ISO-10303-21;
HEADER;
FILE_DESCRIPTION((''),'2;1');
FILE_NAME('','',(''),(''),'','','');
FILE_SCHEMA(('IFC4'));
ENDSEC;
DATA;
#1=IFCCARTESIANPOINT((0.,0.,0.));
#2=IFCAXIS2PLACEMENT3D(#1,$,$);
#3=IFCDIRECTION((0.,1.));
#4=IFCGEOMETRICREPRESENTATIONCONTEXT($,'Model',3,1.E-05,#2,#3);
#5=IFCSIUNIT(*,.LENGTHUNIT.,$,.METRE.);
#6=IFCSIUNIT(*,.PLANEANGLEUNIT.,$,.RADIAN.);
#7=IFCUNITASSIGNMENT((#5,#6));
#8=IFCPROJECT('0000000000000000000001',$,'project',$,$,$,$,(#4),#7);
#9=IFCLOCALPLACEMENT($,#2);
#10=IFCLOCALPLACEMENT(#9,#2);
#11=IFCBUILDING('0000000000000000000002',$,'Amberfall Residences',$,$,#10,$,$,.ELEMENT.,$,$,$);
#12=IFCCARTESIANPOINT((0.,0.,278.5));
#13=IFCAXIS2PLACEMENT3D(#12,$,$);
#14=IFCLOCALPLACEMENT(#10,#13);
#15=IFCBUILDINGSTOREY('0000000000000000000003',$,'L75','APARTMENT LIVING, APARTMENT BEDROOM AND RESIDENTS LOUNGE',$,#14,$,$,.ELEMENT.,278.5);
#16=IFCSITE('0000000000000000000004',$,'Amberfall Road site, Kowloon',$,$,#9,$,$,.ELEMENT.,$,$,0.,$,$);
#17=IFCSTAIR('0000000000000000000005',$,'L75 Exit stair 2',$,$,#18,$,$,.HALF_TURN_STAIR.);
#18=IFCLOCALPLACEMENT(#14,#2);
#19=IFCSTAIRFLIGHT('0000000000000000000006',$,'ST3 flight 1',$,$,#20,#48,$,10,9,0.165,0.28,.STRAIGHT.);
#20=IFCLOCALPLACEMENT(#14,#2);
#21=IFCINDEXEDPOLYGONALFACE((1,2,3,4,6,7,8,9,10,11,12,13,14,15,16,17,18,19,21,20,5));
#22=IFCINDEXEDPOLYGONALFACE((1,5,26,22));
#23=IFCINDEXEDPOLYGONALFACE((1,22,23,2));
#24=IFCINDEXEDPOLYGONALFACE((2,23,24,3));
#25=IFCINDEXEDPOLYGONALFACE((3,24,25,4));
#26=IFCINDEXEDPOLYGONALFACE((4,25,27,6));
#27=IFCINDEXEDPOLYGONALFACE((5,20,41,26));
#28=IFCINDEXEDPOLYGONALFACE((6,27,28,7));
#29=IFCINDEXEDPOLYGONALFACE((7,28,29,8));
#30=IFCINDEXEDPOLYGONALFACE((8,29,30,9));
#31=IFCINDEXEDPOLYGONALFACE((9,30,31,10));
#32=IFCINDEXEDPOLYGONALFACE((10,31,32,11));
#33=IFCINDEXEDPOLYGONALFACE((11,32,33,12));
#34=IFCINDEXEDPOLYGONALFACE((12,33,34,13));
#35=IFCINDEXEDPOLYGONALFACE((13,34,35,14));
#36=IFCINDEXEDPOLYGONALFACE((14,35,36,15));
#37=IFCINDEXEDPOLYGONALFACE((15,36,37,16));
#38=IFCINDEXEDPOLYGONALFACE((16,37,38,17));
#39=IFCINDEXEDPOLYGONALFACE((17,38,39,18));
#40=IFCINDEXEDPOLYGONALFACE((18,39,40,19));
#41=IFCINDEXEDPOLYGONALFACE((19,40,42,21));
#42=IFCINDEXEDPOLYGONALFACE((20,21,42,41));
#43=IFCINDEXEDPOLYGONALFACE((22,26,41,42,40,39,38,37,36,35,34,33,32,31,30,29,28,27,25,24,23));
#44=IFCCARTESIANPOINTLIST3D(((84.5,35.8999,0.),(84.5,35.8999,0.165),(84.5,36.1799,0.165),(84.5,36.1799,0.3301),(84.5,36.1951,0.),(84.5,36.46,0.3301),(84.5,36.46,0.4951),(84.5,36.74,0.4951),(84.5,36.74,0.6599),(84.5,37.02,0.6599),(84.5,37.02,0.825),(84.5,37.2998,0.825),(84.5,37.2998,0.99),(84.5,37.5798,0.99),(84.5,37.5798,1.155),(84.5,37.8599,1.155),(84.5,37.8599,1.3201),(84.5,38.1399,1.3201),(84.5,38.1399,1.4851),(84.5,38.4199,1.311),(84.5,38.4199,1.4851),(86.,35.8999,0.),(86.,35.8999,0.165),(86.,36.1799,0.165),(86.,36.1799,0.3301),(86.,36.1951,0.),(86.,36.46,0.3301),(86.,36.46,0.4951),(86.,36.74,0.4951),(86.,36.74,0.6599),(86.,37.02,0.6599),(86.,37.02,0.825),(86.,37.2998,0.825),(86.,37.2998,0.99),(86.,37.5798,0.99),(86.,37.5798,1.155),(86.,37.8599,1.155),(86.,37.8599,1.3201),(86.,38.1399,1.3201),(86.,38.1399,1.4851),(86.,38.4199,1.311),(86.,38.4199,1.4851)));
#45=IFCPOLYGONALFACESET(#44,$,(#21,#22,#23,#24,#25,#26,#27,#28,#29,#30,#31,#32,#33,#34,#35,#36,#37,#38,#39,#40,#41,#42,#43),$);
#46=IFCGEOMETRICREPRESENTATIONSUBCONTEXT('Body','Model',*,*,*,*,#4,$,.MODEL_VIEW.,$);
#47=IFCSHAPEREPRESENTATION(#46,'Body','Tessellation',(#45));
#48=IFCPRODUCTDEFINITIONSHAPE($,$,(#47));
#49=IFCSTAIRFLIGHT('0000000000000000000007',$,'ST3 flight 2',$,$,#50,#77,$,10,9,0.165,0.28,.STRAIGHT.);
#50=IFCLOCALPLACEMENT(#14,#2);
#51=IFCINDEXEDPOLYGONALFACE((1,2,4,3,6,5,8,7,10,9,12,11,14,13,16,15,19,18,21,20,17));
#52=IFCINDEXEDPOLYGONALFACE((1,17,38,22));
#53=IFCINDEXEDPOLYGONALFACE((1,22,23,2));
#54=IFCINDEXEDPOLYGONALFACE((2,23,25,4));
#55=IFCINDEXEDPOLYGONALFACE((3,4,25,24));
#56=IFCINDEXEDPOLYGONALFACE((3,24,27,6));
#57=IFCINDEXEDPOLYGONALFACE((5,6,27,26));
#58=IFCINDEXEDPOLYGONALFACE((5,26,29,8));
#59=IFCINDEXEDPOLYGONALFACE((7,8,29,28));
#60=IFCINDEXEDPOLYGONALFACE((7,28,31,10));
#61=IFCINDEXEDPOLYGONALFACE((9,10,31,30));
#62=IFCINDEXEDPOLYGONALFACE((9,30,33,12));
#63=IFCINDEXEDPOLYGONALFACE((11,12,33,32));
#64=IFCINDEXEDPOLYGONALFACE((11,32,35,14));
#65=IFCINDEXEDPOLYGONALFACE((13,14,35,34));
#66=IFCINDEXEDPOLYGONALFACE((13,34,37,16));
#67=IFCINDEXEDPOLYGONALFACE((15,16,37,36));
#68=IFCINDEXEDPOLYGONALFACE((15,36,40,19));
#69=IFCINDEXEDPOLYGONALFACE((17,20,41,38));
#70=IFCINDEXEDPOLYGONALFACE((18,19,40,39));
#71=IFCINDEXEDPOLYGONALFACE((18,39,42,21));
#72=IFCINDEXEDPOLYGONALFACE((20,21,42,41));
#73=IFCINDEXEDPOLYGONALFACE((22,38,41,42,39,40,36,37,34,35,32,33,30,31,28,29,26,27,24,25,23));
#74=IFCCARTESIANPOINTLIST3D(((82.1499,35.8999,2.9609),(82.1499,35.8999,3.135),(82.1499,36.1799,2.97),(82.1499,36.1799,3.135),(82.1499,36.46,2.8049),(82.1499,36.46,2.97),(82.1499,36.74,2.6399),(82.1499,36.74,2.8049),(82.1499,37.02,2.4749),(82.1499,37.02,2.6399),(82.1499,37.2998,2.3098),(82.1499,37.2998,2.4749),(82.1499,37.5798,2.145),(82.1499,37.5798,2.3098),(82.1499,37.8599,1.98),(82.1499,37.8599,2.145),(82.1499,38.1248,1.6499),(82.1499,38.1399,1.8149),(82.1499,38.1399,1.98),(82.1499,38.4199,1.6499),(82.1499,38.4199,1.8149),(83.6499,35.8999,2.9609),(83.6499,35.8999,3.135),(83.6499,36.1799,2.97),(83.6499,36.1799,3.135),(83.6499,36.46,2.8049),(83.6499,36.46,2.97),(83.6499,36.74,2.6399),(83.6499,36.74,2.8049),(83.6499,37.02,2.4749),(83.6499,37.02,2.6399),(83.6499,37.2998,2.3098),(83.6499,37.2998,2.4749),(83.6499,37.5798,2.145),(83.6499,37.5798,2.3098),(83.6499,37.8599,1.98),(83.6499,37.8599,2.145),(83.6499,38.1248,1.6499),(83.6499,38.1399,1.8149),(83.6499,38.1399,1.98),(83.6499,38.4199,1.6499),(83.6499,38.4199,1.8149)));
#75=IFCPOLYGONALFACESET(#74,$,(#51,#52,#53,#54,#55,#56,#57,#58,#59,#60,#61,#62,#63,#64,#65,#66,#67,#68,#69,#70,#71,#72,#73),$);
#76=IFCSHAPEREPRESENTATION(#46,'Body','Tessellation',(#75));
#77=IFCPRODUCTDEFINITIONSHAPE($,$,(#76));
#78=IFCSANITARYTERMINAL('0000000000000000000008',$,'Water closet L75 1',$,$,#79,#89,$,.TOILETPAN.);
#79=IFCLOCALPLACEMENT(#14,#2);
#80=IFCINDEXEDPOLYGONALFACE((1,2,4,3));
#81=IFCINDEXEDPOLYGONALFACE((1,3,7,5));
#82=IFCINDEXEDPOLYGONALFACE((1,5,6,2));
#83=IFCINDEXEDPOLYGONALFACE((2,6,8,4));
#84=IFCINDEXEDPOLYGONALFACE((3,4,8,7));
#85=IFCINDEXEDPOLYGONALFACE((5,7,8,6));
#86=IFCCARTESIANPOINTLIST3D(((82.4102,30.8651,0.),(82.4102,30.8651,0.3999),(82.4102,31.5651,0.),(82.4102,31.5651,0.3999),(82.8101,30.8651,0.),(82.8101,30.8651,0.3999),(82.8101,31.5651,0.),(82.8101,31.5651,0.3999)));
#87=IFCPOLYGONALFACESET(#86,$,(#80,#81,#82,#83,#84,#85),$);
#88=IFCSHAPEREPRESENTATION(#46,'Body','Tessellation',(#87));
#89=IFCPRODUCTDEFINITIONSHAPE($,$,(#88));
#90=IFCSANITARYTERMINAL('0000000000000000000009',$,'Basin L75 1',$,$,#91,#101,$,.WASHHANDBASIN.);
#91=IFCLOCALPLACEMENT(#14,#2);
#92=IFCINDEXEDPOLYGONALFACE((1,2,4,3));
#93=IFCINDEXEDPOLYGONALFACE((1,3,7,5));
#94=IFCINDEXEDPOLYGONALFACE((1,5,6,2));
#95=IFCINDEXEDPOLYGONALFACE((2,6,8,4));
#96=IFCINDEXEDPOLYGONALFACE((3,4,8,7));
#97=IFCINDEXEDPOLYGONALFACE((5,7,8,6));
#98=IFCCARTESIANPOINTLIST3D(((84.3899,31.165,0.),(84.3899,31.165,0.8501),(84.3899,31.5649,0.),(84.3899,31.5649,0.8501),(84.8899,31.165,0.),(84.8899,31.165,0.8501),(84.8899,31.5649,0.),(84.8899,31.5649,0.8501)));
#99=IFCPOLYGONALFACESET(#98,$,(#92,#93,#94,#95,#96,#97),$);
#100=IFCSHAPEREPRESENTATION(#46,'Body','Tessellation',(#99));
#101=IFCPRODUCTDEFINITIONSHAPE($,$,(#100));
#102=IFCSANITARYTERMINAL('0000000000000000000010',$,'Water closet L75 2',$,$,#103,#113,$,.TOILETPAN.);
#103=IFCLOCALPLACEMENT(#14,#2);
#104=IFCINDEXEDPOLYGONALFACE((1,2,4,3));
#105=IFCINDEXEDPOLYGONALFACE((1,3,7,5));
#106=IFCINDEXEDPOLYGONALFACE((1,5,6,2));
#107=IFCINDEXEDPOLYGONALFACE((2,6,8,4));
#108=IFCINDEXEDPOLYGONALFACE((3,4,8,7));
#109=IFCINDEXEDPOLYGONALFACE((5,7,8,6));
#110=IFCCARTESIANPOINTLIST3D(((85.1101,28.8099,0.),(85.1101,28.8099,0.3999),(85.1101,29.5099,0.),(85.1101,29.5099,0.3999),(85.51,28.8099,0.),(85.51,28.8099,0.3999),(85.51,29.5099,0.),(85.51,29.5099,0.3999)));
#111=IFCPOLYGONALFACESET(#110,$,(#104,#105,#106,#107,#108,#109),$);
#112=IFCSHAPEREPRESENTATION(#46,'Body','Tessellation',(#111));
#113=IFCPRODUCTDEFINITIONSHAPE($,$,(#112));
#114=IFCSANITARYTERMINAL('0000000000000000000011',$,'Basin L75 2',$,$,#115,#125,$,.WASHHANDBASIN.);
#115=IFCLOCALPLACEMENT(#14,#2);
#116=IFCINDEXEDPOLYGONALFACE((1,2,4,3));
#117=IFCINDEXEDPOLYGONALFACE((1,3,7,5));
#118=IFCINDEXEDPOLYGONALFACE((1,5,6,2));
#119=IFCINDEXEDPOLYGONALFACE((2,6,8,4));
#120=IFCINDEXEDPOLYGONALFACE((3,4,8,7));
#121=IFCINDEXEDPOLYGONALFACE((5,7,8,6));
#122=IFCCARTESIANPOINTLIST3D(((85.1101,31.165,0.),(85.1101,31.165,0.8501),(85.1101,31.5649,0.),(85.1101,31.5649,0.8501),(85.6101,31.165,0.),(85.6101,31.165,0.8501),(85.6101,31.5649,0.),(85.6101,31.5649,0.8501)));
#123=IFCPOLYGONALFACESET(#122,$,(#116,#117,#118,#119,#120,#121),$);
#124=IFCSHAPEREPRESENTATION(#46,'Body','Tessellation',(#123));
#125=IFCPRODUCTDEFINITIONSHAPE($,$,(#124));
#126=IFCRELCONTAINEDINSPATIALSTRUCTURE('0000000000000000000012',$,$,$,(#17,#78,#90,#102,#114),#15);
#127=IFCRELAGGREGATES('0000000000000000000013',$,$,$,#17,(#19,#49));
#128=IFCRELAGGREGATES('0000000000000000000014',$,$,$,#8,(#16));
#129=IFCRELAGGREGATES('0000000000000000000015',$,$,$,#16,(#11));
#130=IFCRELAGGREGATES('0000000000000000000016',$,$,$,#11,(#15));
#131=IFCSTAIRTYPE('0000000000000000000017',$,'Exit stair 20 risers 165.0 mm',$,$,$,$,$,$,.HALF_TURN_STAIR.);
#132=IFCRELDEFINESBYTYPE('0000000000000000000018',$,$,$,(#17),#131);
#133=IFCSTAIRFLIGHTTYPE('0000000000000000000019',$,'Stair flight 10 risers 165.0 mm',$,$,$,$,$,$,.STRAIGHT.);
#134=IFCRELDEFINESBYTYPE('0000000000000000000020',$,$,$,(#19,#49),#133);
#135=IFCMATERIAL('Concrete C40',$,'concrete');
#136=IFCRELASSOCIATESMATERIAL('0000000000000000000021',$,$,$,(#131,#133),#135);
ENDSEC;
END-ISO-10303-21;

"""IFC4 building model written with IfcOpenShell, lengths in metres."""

from ifc_helpers import new_model, si_unit, direction, frame, origin, origin_2d, place, context, subcontext, project, spatial, polyline, rectangle, outline, extrude, material, type_object, element, aggregate, save


model = new_model("IFC4")

# Units and contexts
model_context = context("Model", 3, precision=1e-05, world=origin(), true_north=direction((0.0, 1.0)))
body_context = subcontext(model_context, "Body", "Model", "MODEL_VIEW")
ifc_project = project(units=[si_unit("LENGTHUNIT", "METRE"), si_unit("PLANEANGLEUNIT", "RADIAN")], contexts=[model_context])

# Site, building, storey
site_placement = place(None, origin())
site = spatial("IfcSite", under=ifc_project, at=site_placement, Name="Amberfall Road site, Kowloon", CompositionType="ELEMENT", RefElevation=0.0)
building_placement = place(site_placement, origin())
building = spatial("IfcBuilding", under=site, at=building_placement, Name="Amberfall Residences", CompositionType="ELEMENT")
storey_placement = place(building_placement, frame((0.0, 0.0, 278.5)))
storey = spatial("IfcBuildingStorey", under=building, at=storey_placement, Name="L75", Description="APARTMENT LIVING, APARTMENT BEDROOM AND RESIDENTS LOUNGE", CompositionType="ELEMENT", Elevation=278.5)

# Stair, stair flights
ifc_material_1 = material(Name="Concrete C40", Category="concrete")
stair_type = type_object("IfcStairType", Name="Exit stair 20 risers 165.0 mm", PredefinedType="HALF_TURN_STAIR", material=ifc_material_1)
stair_placement = place(storey_placement, origin())
stair = element("IfcStair", 1, at=stair_placement, inside=storey, type_object=stair_type, Name="L75 Exit stair 2", PredefinedType="HALF_TURN_STAIR")
stair_flight_type = type_object("IfcStairFlightType", Name="Stair flight 10 risers 165.0 mm", PredefinedType="STRAIGHT", material=ifc_material_1)
stair_flight_1_placement = place(storey_placement, frame((85.25, 35.8999, 0.0), z_axis=(0.0, 0.0, 1.0), x_axis=(0.0, 1.0, 0.0)))
stair_flight_1 = element("IfcStairFlight", 2, at=stair_flight_1_placement, type_object=stair_flight_type, Name="ST3 flight 1", NumberOfRisers=10, NumberOfTreads=9, PredefinedType="STRAIGHT", RiserHeight=0.165, TreadLength=0.28, context=body_context, shape_type="SweptSolid", body=[
    extrude(outline(polyline([(0.0, 0.0), (0.0, 0.165), (0.28, 0.165), (0.28, 0.3301), (0.5601, 0.3301), (0.5601, 0.4951), (0.8401, 0.4951), (0.8401, 0.6599), (1.1201, 0.6599), (1.1201, 0.825), (1.3999, 0.825), (1.3999, 0.99), (1.6799, 0.99), (1.6799, 1.155), (1.96, 1.155), (1.96, 1.3201), (2.24, 1.3201), (2.24, 1.4851), (2.52, 1.4851), (2.52, 1.6499), (2.52, 1.311), (0.2952, 0.0), (0.0, 0.0)])), frame((0.0, 0.75, 0.0), z_axis=(0.0, -1.0, 0.0), x_axis=(1.0, 0.0, 0.0)), (0.0, 0.0, 1.0), 1.5),
])
stair_flight_2_placement = place(storey_placement, frame((82.8999, 38.4199, 1.6499), z_axis=(0.0, 0.0, 1.0), x_axis=(0.0, -1.0, 0.0)))
stair_flight_2 = element("IfcStairFlight", 3, at=stair_flight_2_placement, type_object=stair_flight_type, Name="ST3 flight 2", NumberOfRisers=10, NumberOfTreads=9, PredefinedType="STRAIGHT", RiserHeight=0.165, TreadLength=0.28, context=body_context, shape_type="SweptSolid", body=[
    extrude(outline(polyline([(0.0, 0.0), (0.0, 0.165), (0.28, 0.165), (0.28, 0.3301), (0.5601, 0.3301), (0.5601, 0.4951), (0.8401, 0.4951), (0.8401, 0.6599), (1.1201, 0.6599), (1.1201, 0.825), (1.3999, 0.825), (1.3999, 0.99), (1.6799, 0.99), (1.6799, 1.155), (1.96, 1.155), (1.96, 1.3201), (2.24, 1.3201), (2.24, 1.4851), (2.52, 1.4851), (2.52, 1.6499), (2.52, 1.311), (0.2952, 0.0), (0.0, 0.0)])), frame((0.0, 0.75, 0.0), z_axis=(0.0, -1.0, 0.0), x_axis=(1.0, 0.0, 0.0)), (0.0, 0.0, 1.0), 1.5),
])
aggregate(stair, [stair_flight_1, stair_flight_2])

# Sanitary terminals
sanitary_terminal_1_placement = place(storey_placement, frame((82.6101, 31.2151, 0.0), z_axis=(0.0, 0.0, 1.0), x_axis=(1.0, 0.0, 0.0)))
element("IfcSanitaryTerminal", 4, at=sanitary_terminal_1_placement, inside=storey, Name="Water closet L75 1", PredefinedType="TOILETPAN", context=body_context, shape_type="SweptSolid", body=[
    extrude(rectangle(XDim=0.3999, YDim=0.7, at=origin_2d()), origin(), (0.0, 0.0, 1.0), 0.3999),
])
sanitary_terminal_2_placement = place(storey_placement, frame((84.6399, 31.365, 0.0), z_axis=(0.0, 0.0, 1.0), x_axis=(1.0, 0.0, 0.0)))
element("IfcSanitaryTerminal", 5, at=sanitary_terminal_2_placement, inside=storey, Name="Basin L75 1", PredefinedType="WASHHANDBASIN", context=body_context, shape_type="SweptSolid", body=[
    extrude(rectangle(XDim=0.5, YDim=0.3999, at=origin_2d()), origin(), (0.0, 0.0, 1.0), 0.8501),
])
sanitary_terminal_3_placement = place(storey_placement, frame((85.3101, 29.1599, 0.0), z_axis=(0.0, 0.0, 1.0), x_axis=(1.0, 0.0, 0.0)))
element("IfcSanitaryTerminal", 6, at=sanitary_terminal_3_placement, inside=storey, Name="Water closet L75 2", PredefinedType="TOILETPAN", context=body_context, shape_type="SweptSolid", body=[
    extrude(rectangle(XDim=0.3999, YDim=0.7, at=origin_2d()), origin(), (0.0, 0.0, 1.0), 0.3999),
])
sanitary_terminal_4_placement = place(storey_placement, frame((85.3601, 31.365, 0.0), z_axis=(0.0, 0.0, 1.0), x_axis=(1.0, 0.0, 0.0)))
element("IfcSanitaryTerminal", 7, at=sanitary_terminal_4_placement, inside=storey, Name="Basin L75 2", PredefinedType="WASHHANDBASIN", context=body_context, shape_type="SweptSolid", body=[
    extrude(rectangle(XDim=0.5, YDim=0.3999, at=origin_2d()), origin(), (0.0, 0.0, 1.0), 0.8501),
])

save(model, "model.ifc")
